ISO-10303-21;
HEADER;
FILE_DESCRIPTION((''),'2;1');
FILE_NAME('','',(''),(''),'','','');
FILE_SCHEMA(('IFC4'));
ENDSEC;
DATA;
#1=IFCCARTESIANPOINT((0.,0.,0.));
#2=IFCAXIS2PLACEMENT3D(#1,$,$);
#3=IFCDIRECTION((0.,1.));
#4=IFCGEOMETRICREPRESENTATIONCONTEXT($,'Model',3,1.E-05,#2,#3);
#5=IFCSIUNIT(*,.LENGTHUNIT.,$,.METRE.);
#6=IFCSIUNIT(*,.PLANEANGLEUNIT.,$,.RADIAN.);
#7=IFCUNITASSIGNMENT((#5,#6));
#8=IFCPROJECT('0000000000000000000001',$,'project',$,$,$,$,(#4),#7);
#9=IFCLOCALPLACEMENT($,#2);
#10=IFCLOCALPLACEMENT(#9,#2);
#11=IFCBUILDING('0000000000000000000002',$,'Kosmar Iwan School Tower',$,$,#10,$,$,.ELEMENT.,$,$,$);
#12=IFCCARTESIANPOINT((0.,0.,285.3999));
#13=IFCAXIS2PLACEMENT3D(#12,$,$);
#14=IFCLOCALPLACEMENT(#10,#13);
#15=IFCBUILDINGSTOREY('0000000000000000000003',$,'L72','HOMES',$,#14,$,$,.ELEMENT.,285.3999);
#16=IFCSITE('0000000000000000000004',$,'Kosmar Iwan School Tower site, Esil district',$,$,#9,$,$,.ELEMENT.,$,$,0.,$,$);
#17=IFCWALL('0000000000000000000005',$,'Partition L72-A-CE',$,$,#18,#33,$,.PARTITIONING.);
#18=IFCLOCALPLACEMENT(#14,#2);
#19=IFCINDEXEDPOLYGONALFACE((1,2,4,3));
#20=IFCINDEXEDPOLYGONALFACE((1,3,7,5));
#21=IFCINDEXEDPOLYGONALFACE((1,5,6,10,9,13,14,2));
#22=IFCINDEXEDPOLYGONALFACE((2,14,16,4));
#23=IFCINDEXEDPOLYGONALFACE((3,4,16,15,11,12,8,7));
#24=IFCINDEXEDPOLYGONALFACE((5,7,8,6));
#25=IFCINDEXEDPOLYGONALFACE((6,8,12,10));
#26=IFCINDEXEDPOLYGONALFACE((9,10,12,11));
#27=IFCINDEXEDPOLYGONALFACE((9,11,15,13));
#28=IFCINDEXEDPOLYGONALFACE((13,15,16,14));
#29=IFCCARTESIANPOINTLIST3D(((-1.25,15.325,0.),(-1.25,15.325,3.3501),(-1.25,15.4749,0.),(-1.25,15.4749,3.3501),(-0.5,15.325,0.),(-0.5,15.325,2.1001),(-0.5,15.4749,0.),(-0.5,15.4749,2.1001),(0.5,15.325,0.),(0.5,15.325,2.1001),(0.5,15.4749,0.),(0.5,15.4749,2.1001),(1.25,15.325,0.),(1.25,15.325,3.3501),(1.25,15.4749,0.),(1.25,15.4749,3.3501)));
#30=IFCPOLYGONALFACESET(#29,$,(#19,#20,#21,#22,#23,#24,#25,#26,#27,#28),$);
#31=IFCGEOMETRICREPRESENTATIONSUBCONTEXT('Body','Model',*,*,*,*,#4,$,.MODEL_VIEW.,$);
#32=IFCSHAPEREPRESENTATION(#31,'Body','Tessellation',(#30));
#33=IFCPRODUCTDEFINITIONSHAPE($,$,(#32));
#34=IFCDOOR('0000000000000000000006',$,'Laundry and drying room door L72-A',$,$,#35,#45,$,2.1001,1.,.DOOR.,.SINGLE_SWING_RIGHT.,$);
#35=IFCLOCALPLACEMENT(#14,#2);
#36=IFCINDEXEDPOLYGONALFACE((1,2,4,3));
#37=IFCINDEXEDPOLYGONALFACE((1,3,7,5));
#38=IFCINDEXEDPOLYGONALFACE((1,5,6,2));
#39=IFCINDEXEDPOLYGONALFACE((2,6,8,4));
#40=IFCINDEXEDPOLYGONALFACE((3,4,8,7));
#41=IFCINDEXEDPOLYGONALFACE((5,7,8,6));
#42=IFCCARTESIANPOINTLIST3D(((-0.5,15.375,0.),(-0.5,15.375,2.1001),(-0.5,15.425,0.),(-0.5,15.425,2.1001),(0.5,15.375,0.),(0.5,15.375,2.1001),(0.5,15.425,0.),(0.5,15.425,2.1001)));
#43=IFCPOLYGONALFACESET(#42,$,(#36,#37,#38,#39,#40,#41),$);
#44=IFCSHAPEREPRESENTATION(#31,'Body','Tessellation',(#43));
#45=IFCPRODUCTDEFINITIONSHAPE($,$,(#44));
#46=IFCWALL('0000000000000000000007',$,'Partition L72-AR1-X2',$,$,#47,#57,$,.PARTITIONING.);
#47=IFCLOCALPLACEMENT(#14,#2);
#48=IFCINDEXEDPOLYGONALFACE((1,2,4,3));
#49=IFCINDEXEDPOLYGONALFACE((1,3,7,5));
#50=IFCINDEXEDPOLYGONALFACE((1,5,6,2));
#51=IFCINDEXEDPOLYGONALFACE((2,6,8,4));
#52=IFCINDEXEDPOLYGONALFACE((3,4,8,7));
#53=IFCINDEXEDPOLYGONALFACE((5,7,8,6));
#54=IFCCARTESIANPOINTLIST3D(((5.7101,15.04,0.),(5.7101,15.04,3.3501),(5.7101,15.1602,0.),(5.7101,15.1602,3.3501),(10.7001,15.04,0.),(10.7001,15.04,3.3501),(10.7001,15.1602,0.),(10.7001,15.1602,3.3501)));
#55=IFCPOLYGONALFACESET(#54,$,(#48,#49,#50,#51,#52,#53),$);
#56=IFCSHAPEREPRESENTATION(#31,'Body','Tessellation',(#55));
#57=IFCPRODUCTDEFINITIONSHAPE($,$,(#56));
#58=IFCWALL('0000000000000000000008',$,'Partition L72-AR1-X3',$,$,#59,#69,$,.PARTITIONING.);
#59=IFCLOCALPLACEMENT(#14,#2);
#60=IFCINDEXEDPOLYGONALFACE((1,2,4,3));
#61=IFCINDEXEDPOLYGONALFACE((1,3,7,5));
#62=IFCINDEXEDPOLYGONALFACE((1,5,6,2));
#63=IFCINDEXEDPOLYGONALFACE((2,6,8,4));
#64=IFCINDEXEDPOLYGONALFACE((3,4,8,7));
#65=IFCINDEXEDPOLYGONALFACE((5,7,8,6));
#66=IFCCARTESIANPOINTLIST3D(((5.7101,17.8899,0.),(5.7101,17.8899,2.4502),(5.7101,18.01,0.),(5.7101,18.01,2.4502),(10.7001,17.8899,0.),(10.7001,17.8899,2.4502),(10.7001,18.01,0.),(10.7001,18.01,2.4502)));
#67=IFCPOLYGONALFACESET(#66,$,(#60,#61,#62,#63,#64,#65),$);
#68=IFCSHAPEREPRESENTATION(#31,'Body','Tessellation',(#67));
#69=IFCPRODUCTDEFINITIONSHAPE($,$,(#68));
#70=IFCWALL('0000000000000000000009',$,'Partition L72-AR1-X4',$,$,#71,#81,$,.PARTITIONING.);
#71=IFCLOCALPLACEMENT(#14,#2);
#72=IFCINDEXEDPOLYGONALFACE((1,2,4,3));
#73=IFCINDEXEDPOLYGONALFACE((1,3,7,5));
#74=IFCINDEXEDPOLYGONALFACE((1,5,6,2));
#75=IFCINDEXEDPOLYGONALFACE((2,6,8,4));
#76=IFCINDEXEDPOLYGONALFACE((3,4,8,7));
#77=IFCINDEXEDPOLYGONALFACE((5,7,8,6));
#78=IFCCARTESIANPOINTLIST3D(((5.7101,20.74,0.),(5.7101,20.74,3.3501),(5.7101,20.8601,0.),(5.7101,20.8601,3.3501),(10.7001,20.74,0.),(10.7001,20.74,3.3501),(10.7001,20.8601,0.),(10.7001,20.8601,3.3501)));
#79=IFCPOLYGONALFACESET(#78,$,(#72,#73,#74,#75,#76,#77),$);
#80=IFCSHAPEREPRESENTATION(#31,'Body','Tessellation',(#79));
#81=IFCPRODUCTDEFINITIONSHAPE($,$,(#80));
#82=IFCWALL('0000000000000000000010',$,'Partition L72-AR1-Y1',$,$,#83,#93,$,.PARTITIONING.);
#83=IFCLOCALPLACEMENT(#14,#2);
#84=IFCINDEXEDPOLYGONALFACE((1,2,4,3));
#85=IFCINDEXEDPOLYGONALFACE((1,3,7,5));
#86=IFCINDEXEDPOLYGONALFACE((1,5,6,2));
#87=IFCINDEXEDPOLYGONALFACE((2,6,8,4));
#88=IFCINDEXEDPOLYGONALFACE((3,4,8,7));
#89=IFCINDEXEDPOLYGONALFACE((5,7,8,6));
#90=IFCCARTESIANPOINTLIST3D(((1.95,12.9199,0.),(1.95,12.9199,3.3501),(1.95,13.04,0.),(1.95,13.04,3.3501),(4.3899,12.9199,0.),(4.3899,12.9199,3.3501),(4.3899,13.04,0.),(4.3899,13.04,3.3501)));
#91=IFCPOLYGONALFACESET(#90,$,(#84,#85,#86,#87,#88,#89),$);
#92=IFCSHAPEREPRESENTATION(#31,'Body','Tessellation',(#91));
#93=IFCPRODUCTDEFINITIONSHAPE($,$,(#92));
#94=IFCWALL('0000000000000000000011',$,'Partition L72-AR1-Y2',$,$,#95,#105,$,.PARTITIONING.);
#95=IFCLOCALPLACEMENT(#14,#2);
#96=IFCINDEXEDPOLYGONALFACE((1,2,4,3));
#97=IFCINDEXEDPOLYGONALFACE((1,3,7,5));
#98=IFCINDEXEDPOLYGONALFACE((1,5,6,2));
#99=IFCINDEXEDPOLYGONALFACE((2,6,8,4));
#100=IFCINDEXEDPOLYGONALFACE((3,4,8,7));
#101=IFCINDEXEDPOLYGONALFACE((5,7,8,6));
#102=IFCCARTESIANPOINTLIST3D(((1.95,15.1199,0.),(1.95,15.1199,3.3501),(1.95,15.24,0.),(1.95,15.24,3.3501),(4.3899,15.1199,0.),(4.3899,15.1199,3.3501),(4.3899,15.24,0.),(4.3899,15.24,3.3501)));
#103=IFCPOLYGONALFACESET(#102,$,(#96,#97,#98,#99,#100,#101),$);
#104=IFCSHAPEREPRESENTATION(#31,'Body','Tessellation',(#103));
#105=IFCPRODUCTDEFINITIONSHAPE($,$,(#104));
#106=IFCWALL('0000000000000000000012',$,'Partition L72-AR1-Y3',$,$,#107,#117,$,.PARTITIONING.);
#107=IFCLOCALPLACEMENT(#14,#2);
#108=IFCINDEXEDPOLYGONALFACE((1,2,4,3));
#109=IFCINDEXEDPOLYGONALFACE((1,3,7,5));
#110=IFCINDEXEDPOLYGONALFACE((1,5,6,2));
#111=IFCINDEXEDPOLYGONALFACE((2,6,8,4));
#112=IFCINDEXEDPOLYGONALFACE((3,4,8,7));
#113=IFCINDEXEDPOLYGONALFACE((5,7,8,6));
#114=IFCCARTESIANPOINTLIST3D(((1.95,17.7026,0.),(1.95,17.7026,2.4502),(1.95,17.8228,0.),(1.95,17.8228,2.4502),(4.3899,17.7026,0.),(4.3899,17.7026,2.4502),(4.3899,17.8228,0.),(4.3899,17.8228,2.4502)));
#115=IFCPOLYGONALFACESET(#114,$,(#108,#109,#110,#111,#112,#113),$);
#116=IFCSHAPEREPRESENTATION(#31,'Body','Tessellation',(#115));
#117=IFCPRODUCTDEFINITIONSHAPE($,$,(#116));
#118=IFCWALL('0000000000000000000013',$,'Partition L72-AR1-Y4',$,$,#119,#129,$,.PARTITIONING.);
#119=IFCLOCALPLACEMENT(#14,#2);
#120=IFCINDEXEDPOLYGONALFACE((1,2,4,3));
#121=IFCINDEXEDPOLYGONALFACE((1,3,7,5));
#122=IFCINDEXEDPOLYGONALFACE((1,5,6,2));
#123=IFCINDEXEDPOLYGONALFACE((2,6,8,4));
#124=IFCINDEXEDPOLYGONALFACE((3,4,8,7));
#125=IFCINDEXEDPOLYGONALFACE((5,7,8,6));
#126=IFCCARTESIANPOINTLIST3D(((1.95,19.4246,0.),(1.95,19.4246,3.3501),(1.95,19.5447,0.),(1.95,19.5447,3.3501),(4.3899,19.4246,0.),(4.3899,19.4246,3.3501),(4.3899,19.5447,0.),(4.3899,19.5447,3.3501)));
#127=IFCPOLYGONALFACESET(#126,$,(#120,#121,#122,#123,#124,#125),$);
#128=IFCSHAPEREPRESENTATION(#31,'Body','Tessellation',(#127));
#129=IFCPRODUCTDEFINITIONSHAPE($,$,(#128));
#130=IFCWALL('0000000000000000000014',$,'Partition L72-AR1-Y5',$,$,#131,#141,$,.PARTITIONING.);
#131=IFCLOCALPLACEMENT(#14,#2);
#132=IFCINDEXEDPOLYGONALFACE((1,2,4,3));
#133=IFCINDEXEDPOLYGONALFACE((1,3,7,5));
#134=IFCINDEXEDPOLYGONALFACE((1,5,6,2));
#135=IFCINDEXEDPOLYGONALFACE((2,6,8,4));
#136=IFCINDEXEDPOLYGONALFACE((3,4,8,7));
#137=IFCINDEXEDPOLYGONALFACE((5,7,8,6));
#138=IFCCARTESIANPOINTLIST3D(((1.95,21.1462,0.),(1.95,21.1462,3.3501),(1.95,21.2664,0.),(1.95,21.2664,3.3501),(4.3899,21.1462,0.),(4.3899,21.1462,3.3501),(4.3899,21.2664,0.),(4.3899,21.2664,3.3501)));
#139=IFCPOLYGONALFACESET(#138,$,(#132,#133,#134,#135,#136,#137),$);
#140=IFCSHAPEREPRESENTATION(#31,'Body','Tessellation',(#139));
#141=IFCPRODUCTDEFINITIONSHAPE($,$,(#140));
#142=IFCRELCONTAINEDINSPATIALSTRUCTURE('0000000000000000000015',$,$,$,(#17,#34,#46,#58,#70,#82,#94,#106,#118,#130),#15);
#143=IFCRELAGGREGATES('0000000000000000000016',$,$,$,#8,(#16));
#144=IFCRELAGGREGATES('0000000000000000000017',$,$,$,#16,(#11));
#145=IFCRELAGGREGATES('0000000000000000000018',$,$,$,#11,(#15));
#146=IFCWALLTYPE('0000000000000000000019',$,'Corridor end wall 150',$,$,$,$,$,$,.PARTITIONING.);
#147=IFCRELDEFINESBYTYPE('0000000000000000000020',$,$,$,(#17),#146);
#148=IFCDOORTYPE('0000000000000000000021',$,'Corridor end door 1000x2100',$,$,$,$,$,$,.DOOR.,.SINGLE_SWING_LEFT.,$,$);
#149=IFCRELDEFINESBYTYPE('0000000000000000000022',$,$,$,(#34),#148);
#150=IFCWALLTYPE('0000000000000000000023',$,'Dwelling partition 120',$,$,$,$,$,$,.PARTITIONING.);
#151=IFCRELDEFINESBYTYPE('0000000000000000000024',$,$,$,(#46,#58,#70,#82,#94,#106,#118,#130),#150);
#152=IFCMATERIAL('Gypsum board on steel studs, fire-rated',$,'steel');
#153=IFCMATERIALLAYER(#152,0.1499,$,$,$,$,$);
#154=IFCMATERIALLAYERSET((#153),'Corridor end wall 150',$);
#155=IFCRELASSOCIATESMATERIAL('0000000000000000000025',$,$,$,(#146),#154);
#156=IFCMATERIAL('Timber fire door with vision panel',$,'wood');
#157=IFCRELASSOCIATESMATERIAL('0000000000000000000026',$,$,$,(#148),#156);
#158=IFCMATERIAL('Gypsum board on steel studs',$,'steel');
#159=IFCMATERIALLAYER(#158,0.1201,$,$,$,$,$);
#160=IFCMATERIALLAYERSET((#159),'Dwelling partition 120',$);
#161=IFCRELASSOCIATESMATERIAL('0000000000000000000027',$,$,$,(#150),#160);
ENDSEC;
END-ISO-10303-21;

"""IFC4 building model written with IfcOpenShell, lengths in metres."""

from ifc_helpers import new_model, si_unit, direction, frame, frame_2d, origin, place, context, subcontext, project, spatial, rectangle, extrude, material, layer, layer_set, type_object, element, fill, save


model = new_model("IFC4")

# Units and contexts
model_context = context("Model", 3, precision=1e-05, world=origin(), true_north=direction((0.0, 1.0)))
body_context = subcontext(model_context, "Body", "Model", "MODEL_VIEW")
ifc_project = project(units=[si_unit("LENGTHUNIT", "METRE"), si_unit("PLANEANGLEUNIT", "RADIAN")], contexts=[model_context])

# Site, building, storey
site_placement = place(None, origin())
site = spatial("IfcSite", under=ifc_project, at=site_placement, Name="Kosmar Iwan School Tower site, Esil district", CompositionType="ELEMENT", RefElevation=0.0)
building_placement = place(site_placement, origin())
building = spatial("IfcBuilding", under=site, at=building_placement, Name="Kosmar Iwan School Tower", CompositionType="ELEMENT")
storey_placement = place(building_placement, frame((0.0, 0.0, 285.3999)))
storey = spatial("IfcBuildingStorey", under=building, at=storey_placement, Name="L72", Description="HOMES", CompositionType="ELEMENT", Elevation=285.3999)

# Wall, opening, door
ifc_material_1 = material(Name="Gypsum board on steel studs, fire-rated", Category="steel")
ifc_layer_1 = layer(ifc_material_1, 0.1499)
ifc_layer_set_1 = layer_set([ifc_layer_1], Name="Corridor end wall 150")
wall_type_1 = type_object("IfcWallType", Name="Corridor end wall 150", PredefinedType="PARTITIONING", material=ifc_layer_set_1)
wall_1_placement = place(storey_placement, frame((1.25, 15.3999, 0.0), z_axis=(0.0, 0.0, 1.0), x_axis=(-1.0, 0.0, 0.0)))
wall_1 = element("IfcWall", 1, at=wall_1_placement, inside=storey, type_object=wall_type_1, Name="Partition L72-A-CE", PredefinedType="PARTITIONING", context=body_context, shape_type="SweptSolid", body=[
    extrude(rectangle(XDim=2.5, YDim=0.1499, at=frame_2d((1.25, 0.0))), origin(), (0.0, 0.0, 1.0), 3.3501),
])
opening_placement = place(wall_1_placement, frame((0.75, 0.0, 0.0)))
opening = element("IfcOpeningElement", 2, at=opening_placement, cuts=wall_1, PredefinedType="OPENING", context=body_context, shape_type="SweptSolid", body=[
    extrude(rectangle(XDim=1.0, YDim=2.1001, at=frame_2d((0.5, 1.05))), frame((0.0, 0.0869, 0.0), z_axis=(0.0, -1.0, 0.0), x_axis=(1.0, 0.0, 0.0)), (0.0, 0.0, 1.0), 0.1738),
])
ifc_material_2 = material(Name="Timber fire door with vision panel", Category="wood")
door_type = type_object("IfcDoorType", Name="Corridor end door 1000x2100", OperationType="SINGLE_SWING_LEFT", PredefinedType="DOOR", material=ifc_material_2)
door_placement = place(opening_placement, origin())
door = element("IfcDoor", 3, at=door_placement, inside=storey, type_object=door_type, Name="Laundry and drying room door L72-A", OperationType="SINGLE_SWING_RIGHT", OverallHeight=2.1001, OverallWidth=1.0, PredefinedType="DOOR", context=body_context, shape_type="SweptSolid", body=[
    extrude(rectangle(XDim=1.0, YDim=2.1001, at=frame_2d((0.5, 1.05))), frame((0.0, 0.0249, 0.0), z_axis=(0.0, -1.0, 0.0), x_axis=(1.0, 0.0, 0.0)), (0.0, 0.0, 1.0), 0.05),
])
fill(opening, door)

# Walls
ifc_material_3 = material(Name="Gypsum board on steel studs", Category="steel")
ifc_layer_2 = layer(ifc_material_3, 0.1201)
ifc_layer_set_2 = layer_set([ifc_layer_2], Name="Dwelling partition 120")
wall_type_2 = type_object("IfcWallType", Name="Dwelling partition 120", PredefinedType="PARTITIONING", material=ifc_layer_set_2)
wall_2_placement = place(storey_placement, frame((5.71, 15.1001, 0.0), z_axis=(0.0, 0.0, 1.0), x_axis=(1.0, 0.0, 0.0)))
element("IfcWall", 4, at=wall_2_placement, inside=storey, type_object=wall_type_2, Name="Partition L72-AR1-X2", PredefinedType="PARTITIONING", context=body_context, shape_type="SweptSolid", body=[
    extrude(rectangle(XDim=4.99, YDim=0.1201, at=frame_2d((2.4951, 0.0))), origin(), (0.0, 0.0, 1.0), 3.3501),
])
wall_3_placement = place(storey_placement, frame((5.71, 17.95, 0.0), z_axis=(0.0, 0.0, 1.0), x_axis=(1.0, 0.0, 0.0)))
element("IfcWall", 5, at=wall_3_placement, inside=storey, type_object=wall_type_2, Name="Partition L72-AR1-X3", PredefinedType="PARTITIONING", context=body_context, shape_type="SweptSolid", body=[
    extrude(rectangle(XDim=4.99, YDim=0.1201, at=frame_2d((2.4951, 0.0))), origin(), (0.0, 0.0, 1.0), 2.4502),
])
wall_4_placement = place(storey_placement, frame((5.71, 20.8, 0.0), z_axis=(0.0, 0.0, 1.0), x_axis=(1.0, 0.0, 0.0)))
element("IfcWall", 6, at=wall_4_placement, inside=storey, type_object=wall_type_2, Name="Partition L72-AR1-X4", PredefinedType="PARTITIONING", context=body_context, shape_type="SweptSolid", body=[
    extrude(rectangle(XDim=4.99, YDim=0.1201, at=frame_2d((2.4951, 0.0))), origin(), (0.0, 0.0, 1.0), 3.3501),
])
for number, where, z_axis, x_axis, name in (
    (7, (1.95, 12.98, 0.0), (0.0, 0.0, 1.0), (1.0, 0.0, 0.0), "Partition L72-AR1-Y1"),
    (8, (1.95, 15.1799, 0.0), (0.0, 0.0, 1.0), (1.0, 0.0, 0.0), "Partition L72-AR1-Y2"),
):
    element("IfcWall", number, at=place(storey_placement, frame(where, z_axis=z_axis, x_axis=x_axis)), inside=storey, type_object=wall_type_2, Name=name, PredefinedType="PARTITIONING", context=body_context, shape_type="SweptSolid", body=[
        extrude(rectangle(XDim=2.4399, YDim=0.1201, at=frame_2d((1.22, 0.0))), origin(), (0.0, 0.0, 1.0), 3.3501),
    ])
wall_5_placement = place(storey_placement, frame((1.95, 17.7627, 0.0), z_axis=(0.0, 0.0, 1.0), x_axis=(1.0, 0.0, 0.0)))
element("IfcWall", 9, at=wall_5_placement, inside=storey, type_object=wall_type_2, Name="Partition L72-AR1-Y3", PredefinedType="PARTITIONING", context=body_context, shape_type="SweptSolid", body=[
    extrude(rectangle(XDim=2.4399, YDim=0.1201, at=frame_2d((1.22, 0.0))), origin(), (0.0, 0.0, 1.0), 2.4502),
])
for number, where, z_axis, x_axis, name in (
    (10, (1.95, 19.4846, 0.0), (0.0, 0.0, 1.0), (1.0, 0.0, 0.0), "Partition L72-AR1-Y4"),
    (11, (1.95, 21.2063, 0.0), (0.0, 0.0, 1.0), (1.0, 0.0, 0.0), "Partition L72-AR1-Y5"),
):
    element("IfcWall", number, at=place(storey_placement, frame(where, z_axis=z_axis, x_axis=x_axis)), inside=storey, type_object=wall_type_2, Name=name, PredefinedType="PARTITIONING", context=body_context, shape_type="SweptSolid", body=[
        extrude(rectangle(XDim=2.4399, YDim=0.1201, at=frame_2d((1.22, 0.0))), origin(), (0.0, 0.0, 1.0), 3.3501),
    ])

save(model, "model.ifc")
